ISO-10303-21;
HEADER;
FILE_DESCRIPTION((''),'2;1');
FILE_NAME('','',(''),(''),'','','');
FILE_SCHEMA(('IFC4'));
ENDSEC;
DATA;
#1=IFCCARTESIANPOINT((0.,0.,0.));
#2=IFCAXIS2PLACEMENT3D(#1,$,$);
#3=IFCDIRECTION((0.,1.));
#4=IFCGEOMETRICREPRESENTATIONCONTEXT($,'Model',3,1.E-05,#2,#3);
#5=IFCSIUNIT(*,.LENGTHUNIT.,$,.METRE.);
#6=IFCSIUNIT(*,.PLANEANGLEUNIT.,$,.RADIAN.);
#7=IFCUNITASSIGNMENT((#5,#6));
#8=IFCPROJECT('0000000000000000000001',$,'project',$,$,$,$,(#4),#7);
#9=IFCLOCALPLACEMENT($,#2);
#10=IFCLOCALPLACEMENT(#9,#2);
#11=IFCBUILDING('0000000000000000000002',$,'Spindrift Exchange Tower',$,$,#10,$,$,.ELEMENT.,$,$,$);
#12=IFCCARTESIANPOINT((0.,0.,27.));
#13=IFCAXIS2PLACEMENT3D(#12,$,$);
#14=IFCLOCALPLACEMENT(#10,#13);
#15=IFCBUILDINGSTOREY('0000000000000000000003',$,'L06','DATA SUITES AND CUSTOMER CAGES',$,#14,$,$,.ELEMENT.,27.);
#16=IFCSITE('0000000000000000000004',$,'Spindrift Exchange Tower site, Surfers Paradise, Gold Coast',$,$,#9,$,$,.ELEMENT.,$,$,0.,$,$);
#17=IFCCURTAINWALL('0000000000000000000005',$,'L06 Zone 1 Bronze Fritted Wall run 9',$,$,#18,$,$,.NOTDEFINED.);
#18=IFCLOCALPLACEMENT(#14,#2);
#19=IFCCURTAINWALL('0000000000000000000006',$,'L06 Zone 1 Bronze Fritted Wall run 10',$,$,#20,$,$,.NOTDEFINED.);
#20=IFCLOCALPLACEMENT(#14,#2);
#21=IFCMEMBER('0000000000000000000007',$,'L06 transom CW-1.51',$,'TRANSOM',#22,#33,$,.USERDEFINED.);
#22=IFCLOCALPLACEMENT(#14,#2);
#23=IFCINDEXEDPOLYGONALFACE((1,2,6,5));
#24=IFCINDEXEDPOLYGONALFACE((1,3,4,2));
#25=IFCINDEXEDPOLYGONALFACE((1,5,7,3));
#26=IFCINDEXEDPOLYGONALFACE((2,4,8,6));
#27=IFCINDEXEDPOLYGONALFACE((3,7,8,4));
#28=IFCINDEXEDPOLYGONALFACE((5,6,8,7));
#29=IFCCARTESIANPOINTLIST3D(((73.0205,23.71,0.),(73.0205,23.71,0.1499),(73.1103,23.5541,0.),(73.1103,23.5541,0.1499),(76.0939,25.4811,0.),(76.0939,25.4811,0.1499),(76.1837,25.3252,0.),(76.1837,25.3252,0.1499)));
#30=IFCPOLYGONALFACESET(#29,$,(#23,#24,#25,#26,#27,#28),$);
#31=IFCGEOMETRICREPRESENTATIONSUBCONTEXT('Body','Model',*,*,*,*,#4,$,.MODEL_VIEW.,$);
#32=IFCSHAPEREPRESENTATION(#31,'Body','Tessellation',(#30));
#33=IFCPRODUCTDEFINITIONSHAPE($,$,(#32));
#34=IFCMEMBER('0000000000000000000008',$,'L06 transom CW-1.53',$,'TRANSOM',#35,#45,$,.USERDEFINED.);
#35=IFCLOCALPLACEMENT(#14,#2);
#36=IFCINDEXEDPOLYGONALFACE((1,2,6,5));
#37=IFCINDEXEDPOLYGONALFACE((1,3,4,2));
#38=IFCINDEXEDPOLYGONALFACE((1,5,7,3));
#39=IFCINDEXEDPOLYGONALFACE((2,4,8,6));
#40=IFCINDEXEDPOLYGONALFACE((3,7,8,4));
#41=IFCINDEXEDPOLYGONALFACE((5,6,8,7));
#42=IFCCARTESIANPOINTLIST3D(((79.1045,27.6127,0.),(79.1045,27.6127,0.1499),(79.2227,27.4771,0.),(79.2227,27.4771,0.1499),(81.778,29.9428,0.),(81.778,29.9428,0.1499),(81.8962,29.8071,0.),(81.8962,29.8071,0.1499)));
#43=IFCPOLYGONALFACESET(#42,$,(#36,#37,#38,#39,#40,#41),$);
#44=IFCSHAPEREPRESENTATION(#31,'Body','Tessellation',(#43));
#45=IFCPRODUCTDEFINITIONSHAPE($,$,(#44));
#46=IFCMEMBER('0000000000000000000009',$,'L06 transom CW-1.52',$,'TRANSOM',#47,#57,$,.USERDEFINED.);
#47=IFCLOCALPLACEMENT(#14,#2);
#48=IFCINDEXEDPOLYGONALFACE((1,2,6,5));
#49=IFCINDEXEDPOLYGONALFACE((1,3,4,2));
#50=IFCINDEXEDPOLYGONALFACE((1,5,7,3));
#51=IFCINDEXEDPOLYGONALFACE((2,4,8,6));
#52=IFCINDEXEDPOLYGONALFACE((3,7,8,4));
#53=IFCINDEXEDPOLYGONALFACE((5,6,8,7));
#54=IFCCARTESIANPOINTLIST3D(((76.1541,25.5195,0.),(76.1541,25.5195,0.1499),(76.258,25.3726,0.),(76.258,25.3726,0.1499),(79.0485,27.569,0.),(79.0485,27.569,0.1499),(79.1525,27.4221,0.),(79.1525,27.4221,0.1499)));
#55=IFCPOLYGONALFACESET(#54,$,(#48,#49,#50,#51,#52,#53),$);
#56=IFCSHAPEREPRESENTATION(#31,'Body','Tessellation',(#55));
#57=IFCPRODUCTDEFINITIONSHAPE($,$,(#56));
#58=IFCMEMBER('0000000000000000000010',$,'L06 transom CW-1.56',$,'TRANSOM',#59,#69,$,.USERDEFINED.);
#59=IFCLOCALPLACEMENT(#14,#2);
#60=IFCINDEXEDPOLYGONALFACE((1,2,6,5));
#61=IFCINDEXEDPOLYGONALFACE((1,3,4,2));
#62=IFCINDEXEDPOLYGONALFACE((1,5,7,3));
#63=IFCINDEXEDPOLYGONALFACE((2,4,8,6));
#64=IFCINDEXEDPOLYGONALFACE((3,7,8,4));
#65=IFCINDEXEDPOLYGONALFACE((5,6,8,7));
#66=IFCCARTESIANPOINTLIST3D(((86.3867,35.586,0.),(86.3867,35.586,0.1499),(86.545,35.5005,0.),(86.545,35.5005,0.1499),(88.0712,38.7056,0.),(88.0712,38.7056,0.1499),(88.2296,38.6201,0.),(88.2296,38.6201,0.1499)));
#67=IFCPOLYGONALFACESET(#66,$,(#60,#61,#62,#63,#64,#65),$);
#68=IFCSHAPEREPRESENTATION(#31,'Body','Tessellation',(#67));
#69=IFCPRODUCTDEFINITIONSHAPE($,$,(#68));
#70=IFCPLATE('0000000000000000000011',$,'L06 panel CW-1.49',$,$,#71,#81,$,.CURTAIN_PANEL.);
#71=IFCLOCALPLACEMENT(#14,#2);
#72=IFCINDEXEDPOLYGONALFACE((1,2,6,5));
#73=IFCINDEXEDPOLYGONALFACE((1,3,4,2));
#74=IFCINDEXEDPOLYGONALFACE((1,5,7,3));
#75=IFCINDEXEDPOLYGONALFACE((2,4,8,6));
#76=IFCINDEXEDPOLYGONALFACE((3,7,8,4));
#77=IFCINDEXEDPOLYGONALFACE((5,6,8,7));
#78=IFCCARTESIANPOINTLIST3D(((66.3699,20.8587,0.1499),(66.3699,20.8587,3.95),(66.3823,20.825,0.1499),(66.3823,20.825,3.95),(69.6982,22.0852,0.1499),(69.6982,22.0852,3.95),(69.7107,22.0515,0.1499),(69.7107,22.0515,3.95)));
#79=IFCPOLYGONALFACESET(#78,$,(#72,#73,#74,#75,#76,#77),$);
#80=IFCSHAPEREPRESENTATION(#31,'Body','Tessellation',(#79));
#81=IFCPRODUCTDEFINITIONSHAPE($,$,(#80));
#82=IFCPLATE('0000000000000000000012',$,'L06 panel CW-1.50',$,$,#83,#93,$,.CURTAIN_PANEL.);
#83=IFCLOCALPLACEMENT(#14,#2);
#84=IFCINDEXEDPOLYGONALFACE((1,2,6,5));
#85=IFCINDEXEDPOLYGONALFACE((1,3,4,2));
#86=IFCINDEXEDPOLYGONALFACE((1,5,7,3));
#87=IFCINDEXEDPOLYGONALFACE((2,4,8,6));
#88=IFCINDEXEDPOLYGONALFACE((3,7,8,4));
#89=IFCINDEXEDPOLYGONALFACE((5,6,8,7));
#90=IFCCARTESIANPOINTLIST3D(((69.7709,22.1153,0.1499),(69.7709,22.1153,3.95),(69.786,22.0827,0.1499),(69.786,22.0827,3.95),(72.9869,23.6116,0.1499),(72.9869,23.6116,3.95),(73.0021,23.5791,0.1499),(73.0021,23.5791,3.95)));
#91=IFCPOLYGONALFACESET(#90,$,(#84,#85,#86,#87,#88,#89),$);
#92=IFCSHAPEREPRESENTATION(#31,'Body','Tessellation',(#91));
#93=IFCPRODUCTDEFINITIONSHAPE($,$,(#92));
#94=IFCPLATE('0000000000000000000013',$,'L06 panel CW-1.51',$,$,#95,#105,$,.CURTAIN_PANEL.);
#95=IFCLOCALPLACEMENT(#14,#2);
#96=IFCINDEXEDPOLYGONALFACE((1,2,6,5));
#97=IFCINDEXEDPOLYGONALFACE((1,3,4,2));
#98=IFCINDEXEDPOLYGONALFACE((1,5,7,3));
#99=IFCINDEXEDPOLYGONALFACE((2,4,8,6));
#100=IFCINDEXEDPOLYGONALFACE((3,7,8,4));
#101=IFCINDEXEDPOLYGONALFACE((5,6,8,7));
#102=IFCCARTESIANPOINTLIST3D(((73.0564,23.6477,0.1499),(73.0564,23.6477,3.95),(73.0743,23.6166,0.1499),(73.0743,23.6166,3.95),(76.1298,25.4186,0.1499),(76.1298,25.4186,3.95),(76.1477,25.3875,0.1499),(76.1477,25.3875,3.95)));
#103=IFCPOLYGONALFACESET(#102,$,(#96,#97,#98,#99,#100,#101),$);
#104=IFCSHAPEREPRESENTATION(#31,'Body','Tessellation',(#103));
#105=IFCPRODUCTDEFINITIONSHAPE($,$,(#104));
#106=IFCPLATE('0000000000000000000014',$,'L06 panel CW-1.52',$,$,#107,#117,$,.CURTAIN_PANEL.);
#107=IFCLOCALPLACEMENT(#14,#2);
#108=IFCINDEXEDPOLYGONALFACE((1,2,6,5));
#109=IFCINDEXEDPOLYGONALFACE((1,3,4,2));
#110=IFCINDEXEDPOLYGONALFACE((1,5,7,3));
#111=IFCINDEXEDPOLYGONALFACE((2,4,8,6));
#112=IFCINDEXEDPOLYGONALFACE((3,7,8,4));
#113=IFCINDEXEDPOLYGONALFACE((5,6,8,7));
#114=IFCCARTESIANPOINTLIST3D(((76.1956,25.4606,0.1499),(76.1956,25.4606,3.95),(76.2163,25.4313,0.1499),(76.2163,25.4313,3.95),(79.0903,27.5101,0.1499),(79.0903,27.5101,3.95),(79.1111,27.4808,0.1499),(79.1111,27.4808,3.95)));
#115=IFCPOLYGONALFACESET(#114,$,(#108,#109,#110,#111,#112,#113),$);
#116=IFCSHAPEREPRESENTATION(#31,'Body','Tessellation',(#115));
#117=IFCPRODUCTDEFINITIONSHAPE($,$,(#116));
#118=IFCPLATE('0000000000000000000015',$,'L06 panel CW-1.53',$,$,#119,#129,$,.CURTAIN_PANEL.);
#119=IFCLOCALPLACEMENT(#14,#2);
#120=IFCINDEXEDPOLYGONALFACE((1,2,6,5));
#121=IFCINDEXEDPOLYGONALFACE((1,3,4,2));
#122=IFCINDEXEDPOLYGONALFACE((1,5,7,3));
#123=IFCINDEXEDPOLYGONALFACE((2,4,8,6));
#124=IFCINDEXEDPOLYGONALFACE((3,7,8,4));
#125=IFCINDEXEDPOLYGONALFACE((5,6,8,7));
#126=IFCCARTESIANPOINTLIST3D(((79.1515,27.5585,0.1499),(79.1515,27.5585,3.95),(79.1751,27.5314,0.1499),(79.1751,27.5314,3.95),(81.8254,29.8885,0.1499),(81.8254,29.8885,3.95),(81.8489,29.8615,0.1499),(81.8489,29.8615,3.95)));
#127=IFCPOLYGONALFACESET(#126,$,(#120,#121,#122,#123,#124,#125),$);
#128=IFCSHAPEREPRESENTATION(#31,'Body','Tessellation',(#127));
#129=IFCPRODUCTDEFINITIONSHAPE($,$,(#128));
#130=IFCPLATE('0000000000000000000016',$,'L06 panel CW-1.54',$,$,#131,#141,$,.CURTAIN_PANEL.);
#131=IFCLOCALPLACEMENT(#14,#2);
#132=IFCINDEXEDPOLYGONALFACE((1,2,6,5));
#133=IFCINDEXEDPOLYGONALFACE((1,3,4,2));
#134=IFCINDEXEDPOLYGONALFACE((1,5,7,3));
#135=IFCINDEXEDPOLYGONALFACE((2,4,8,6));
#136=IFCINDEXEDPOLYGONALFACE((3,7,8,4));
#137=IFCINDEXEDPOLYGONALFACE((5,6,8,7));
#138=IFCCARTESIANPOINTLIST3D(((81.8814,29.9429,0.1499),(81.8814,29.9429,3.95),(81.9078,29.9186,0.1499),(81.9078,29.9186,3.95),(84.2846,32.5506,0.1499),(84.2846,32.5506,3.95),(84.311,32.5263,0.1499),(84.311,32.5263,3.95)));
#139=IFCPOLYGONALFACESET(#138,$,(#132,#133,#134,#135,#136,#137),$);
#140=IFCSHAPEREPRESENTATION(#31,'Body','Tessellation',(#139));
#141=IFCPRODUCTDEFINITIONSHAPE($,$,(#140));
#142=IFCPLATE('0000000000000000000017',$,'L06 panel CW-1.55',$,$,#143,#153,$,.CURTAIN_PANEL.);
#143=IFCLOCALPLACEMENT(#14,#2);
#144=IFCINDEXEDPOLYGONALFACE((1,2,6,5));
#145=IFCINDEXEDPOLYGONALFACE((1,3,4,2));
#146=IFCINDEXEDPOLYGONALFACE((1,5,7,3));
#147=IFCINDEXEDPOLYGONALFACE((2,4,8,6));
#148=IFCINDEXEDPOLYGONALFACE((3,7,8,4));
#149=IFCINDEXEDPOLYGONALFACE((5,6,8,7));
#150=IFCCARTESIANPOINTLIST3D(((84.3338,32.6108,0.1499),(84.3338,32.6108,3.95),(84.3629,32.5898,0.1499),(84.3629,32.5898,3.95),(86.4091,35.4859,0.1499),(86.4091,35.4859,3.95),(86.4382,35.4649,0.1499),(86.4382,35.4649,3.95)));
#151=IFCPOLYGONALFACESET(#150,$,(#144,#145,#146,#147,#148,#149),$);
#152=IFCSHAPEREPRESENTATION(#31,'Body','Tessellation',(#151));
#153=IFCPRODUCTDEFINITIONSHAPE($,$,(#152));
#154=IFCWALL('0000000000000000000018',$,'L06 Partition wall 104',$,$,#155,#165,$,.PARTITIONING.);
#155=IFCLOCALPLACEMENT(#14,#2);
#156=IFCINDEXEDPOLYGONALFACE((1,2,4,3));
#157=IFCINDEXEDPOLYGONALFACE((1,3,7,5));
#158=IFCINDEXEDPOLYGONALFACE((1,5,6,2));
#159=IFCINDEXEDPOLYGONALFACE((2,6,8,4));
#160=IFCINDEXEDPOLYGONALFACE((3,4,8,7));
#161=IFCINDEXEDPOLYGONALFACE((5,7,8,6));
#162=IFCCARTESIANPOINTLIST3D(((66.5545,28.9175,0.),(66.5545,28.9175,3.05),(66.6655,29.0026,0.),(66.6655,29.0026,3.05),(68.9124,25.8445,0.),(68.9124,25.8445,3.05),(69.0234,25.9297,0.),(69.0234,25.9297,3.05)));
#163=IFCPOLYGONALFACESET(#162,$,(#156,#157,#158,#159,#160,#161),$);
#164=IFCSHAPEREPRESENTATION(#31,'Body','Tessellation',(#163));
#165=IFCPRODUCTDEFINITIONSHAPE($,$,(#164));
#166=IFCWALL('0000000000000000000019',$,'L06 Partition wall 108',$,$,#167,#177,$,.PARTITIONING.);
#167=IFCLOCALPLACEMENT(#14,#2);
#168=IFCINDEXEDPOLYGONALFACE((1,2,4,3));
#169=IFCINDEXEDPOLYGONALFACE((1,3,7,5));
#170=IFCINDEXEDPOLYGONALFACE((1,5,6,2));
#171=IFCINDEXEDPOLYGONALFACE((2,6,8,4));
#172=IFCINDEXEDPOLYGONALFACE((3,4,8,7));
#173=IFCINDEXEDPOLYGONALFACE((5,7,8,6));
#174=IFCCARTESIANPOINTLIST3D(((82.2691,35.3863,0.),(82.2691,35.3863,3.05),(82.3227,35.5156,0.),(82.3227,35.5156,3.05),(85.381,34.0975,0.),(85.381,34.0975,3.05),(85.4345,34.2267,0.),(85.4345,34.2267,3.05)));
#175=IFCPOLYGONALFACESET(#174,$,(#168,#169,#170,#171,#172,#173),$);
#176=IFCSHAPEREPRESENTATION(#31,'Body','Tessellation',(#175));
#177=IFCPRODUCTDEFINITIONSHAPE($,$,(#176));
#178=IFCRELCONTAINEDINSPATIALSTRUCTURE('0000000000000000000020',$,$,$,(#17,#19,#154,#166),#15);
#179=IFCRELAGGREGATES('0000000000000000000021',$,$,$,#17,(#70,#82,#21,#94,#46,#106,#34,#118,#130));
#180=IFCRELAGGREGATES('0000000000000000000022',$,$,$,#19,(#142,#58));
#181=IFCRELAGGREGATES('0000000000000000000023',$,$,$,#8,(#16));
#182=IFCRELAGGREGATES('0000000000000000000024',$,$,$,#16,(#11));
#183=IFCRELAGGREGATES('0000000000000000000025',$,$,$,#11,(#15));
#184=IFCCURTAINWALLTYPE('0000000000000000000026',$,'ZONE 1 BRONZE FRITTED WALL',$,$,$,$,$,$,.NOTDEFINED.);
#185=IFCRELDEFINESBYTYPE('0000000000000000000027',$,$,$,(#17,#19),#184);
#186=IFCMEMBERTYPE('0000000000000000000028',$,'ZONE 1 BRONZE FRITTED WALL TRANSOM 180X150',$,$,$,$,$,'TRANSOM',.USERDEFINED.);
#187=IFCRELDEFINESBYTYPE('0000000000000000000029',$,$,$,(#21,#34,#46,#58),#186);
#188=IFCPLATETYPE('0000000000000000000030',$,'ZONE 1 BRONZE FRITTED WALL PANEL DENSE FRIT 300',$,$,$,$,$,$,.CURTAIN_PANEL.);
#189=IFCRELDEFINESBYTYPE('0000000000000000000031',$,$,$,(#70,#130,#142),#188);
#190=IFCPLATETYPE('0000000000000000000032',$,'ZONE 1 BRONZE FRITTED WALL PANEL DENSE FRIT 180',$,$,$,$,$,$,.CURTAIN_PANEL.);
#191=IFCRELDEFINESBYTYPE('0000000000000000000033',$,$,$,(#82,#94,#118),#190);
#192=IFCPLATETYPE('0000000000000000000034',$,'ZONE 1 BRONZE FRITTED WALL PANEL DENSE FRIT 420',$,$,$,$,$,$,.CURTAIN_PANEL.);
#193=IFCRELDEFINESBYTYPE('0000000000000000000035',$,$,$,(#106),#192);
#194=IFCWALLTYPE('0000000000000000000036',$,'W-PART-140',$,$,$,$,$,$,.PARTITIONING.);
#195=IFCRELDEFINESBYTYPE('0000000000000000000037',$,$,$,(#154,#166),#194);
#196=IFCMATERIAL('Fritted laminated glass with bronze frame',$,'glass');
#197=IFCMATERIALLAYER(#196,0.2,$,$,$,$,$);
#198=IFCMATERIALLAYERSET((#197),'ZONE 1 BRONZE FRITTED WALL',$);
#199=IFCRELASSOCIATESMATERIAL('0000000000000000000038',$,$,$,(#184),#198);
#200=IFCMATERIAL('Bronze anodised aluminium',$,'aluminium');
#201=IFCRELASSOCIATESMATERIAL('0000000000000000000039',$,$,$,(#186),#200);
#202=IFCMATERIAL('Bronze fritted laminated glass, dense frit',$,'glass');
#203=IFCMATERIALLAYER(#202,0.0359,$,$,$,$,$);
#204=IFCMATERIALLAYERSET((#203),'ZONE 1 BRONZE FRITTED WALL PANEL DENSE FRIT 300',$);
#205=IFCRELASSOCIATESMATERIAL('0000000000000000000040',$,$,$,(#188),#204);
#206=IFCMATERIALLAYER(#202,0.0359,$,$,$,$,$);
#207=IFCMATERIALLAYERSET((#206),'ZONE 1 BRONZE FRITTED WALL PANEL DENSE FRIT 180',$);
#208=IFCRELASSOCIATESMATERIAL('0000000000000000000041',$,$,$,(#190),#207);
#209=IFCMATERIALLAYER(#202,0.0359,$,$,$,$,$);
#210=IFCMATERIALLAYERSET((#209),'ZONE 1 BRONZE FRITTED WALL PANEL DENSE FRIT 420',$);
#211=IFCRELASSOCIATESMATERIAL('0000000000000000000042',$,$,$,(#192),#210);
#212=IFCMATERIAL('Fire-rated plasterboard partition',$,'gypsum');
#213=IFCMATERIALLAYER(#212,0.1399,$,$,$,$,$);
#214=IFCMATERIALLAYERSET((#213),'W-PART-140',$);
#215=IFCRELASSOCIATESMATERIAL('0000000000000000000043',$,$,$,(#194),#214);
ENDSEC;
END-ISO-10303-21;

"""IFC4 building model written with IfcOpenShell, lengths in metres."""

from ifc_helpers import new_model, si_unit, direction, frame, frame_2d, origin, origin_2d, place, context, subcontext, project, spatial, rectangle, extrude, source, transform, mapped, material, layer, layer_set, material_profile, profile_set, type_object, element, aggregate, save


model = new_model("IFC4")

# Units and contexts
model_context = context("Model", 3, precision=1e-05, world=origin(), true_north=direction((0.0, 1.0)))
body_context = subcontext(model_context, "Body", "Model", "MODEL_VIEW")
ifc_project = project(units=[si_unit("LENGTHUNIT", "METRE"), si_unit("PLANEANGLEUNIT", "RADIAN")], contexts=[model_context])

# Site, building, storey
site_placement = place(None, origin())
site = spatial("IfcSite", under=ifc_project, at=site_placement, Name="Spindrift Exchange Tower site, Surfers Paradise, Gold Coast", CompositionType="ELEMENT", RefElevation=0.0)
building_placement = place(site_placement, origin())
building = spatial("IfcBuilding", under=site, at=building_placement, Name="Spindrift Exchange Tower", CompositionType="ELEMENT")
storey_placement = place(building_placement, frame((0.0, 0.0, 27.0)))
storey = spatial("IfcBuildingStorey", under=building, at=storey_placement, Name="L06", Description="DATA SUITES AND CUSTOMER CAGES", CompositionType="ELEMENT", Elevation=27.0)

# Curtain walls
ifc_material_1 = material(Name="Fritted laminated glass with bronze frame", Category="glass")
ifc_layer_1 = layer(ifc_material_1, 0.2)
ifc_layer_set_1 = layer_set([ifc_layer_1], Name="ZONE 1 BRONZE FRITTED WALL")
curtain_wall_type = type_object("IfcCurtainWallType", Name="ZONE 1 BRONZE FRITTED WALL", PredefinedType="NOTDEFINED", material=ifc_layer_set_1)
curtain_wall_1_placement = place(storey_placement, origin())
curtain_wall_1 = element("IfcCurtainWall", 1, at=curtain_wall_1_placement, inside=storey, type_object=curtain_wall_type, Name="L06 Zone 1 Bronze Fritted Wall run 9", PredefinedType="NOTDEFINED")
ifc_material_2 = material(Name="Bronze anodised aluminium", Category="aluminium")
curtain_wall_2_placement = place(storey_placement, origin())
curtain_wall_2 = element("IfcCurtainWall", 2, at=curtain_wall_2_placement, inside=storey, type_object=curtain_wall_type, Name="L06 Zone 1 Bronze Fritted Wall run 10", PredefinedType="NOTDEFINED")

# Members
ifc_material_profile_1 = material_profile(ifc_material_2, rectangle(XDim=0.1799, YDim=0.1499, at=origin_2d()), Name="ZONE 1 BRONZE FRITTED WALL TRANSOM 180X150")
ifc_profile_set_1 = profile_set([ifc_material_profile_1], Name="Bronze anodised aluminium")
member_type_1 = type_object("IfcMemberType", Name="ZONE 1 BRONZE FRITTED WALL TRANSOM 180X150", ElementType="TRANSOM", PredefinedType="USERDEFINED", material=ifc_profile_set_1)
shared_shape_1 = source(origin(), body_context, "Body", "SweptSolid", [
    extrude(rectangle(XDim=0.1799, YDim=0.1499, at=origin_2d()), origin(), (0.0, 0.0, 1.0), 3.5471),
])
member_1_placement = place(storey_placement, frame((73.0654, 23.6321, 0.075), z_axis=(0.866433, 0.499293, 0.0), x_axis=(-0.499293, 0.866433, 0.0)))
member_1 = element("IfcMember", 3, at=member_1_placement, type_object=member_type_1, Name="L06 transom CW-1.51", ObjectType="TRANSOM", PredefinedType="USERDEFINED", context=body_context, shape_type="MappedRepresentation", body=[
    mapped(shared_shape_1, transform((0.0, 0.0, 0.0), scale=1.0)),
])
shared_shape_2 = source(origin(), body_context, "Body", "SweptSolid", [
    extrude(rectangle(XDim=0.1799, YDim=0.1499, at=origin_2d()), origin(), (0.0, 0.0, 1.0), 3.5464),
])
member_2_placement = place(storey_placement, frame((79.1636, 27.5449, 0.075), z_axis=(0.753876, 0.657017, 0.0), x_axis=(-0.657017, 0.753876, 0.0)))
member_2 = element("IfcMember", 4, at=member_2_placement, type_object=member_type_1, Name="L06 transom CW-1.53", ObjectType="TRANSOM", PredefinedType="USERDEFINED", context=body_context, shape_type="MappedRepresentation", body=[
    mapped(shared_shape_2, transform((0.0, 0.0, 0.0), scale=1.0)),
])
shared_shape_3 = source(origin(), body_context, "Body", "SweptSolid", [
    extrude(rectangle(XDim=0.1799, YDim=0.1499, at=origin_2d()), origin(), (0.0, 0.0, 1.0), 3.5466),
])
member_3_placement = place(storey_placement, frame((76.2061, 25.446, 0.075), z_axis=(0.816122, 0.57788, 0.0), x_axis=(-0.57788, 0.816122, 0.0)))
member_3 = element("IfcMember", 5, at=member_3_placement, type_object=member_type_1, Name="L06 transom CW-1.52", ObjectType="TRANSOM", PredefinedType="USERDEFINED", context=body_context, shape_type="MappedRepresentation", body=[
    mapped(shared_shape_3, transform((0.0, 0.0, 0.0), scale=1.0)),
])
shared_shape_4 = source(origin(), body_context, "Body", "SweptSolid", [
    extrude(rectangle(XDim=0.1799, YDim=0.1499, at=origin_2d()), origin(), (0.0, 0.0, 1.0), 3.5454),
])
member_4_placement = place(storey_placement, frame((86.4658, 35.5432, 0.075), z_axis=(0.475143, 0.879909, 0.0), x_axis=(-0.879909, 0.475143, 0.0)))
member_4 = element("IfcMember", 6, at=member_4_placement, type_object=member_type_1, Name="L06 transom CW-1.56", ObjectType="TRANSOM", PredefinedType="USERDEFINED", context=body_context, shape_type="MappedRepresentation", body=[
    mapped(shared_shape_4, transform((0.0, 0.0, 0.0), scale=1.0)),
])

# Plates
ifc_material_3 = material(Name="Bronze fritted laminated glass, dense frit", Category="glass")
ifc_layer_2 = layer(ifc_material_3, 0.0359)
ifc_layer_set_2 = layer_set([ifc_layer_2], Name="ZONE 1 BRONZE FRITTED WALL PANEL DENSE FRIT 300")
plate_type_1 = type_object("IfcPlateType", Name="ZONE 1 BRONZE FRITTED WALL PANEL DENSE FRIT 300", PredefinedType="CURTAIN_PANEL", material=ifc_layer_set_2)
shared_shape_5 = source(origin(), body_context, "Body", "SweptSolid", [
    extrude(rectangle(XDim=3.5471, YDim=0.0359, at=origin_2d()), origin(), (0.0, 0.0, 1.0), 3.8),
])
plate_1_placement = place(storey_placement, frame((68.0403, 21.4551, 0.1499), z_axis=(0.0, 0.0, 1.0), x_axis=(0.938318, 0.345773, 0.0)))
plate_1 = element("IfcPlate", 7, at=plate_1_placement, type_object=plate_type_1, Name="L06 panel CW-1.49", PredefinedType="CURTAIN_PANEL", context=body_context, shape_type="MappedRepresentation", body=[
    mapped(shared_shape_5, transform((0.0, 0.0, 0.0), scale=1.0)),
])
ifc_layer_3 = layer(ifc_material_3, 0.0359)
ifc_layer_set_3 = layer_set([ifc_layer_3], Name="ZONE 1 BRONZE FRITTED WALL PANEL DENSE FRIT 180")
plate_type_2 = type_object("IfcPlateType", Name="ZONE 1 BRONZE FRITTED WALL PANEL DENSE FRIT 180", PredefinedType="CURTAIN_PANEL", material=ifc_layer_set_3)
shared_shape_6 = source(origin(), body_context, "Body", "SweptSolid", [
    extrude(rectangle(XDim=3.5471, YDim=0.0359, at=origin_2d()), origin(), (0.0, 0.0, 1.0), 3.8),
])
plate_2_placement = place(storey_placement, frame((71.3865, 22.8472, 0.1499), z_axis=(0.0, 0.0, 1.0), x_axis=(0.906667, 0.421848, 0.0)))
plate_2 = element("IfcPlate", 8, at=plate_2_placement, type_object=plate_type_2, Name="L06 panel CW-1.50", PredefinedType="CURTAIN_PANEL", context=body_context, shape_type="MappedRepresentation", body=[
    mapped(shared_shape_6, transform((0.0, 0.0, 0.0), scale=1.0)),
])
plate_3_placement = place(storey_placement, frame((74.6021, 24.5176, 0.1499), z_axis=(0.0, 0.0, 1.0), x_axis=(0.866453, 0.499259, 0.0)))
plate_3 = element("IfcPlate", 9, at=plate_3_placement, type_object=plate_type_2, Name="L06 panel CW-1.51", PredefinedType="CURTAIN_PANEL", context=body_context, shape_type="MappedRepresentation", body=[
    mapped(shared_shape_6, transform((0.0, 0.0, 0.0), scale=1.0)),
])
ifc_layer_4 = layer(ifc_material_3, 0.0359)
ifc_layer_set_4 = layer_set([ifc_layer_4], Name="ZONE 1 BRONZE FRITTED WALL PANEL DENSE FRIT 420")
plate_type_3 = type_object("IfcPlateType", Name="ZONE 1 BRONZE FRITTED WALL PANEL DENSE FRIT 420", PredefinedType="CURTAIN_PANEL", material=ifc_layer_set_4)
shared_shape_7 = source(origin(), body_context, "Body", "SweptSolid", [
    extrude(rectangle(XDim=3.5469, YDim=0.0359, at=origin_2d()), origin(), (0.0, 0.0, 1.0), 3.8),
])
plate_4_placement = place(storey_placement, frame((77.6533, 26.4707, 0.1499), z_axis=(0.0, 0.0, 1.0), x_axis=(0.81615, 0.577841, 0.0)))
plate_4 = element("IfcPlate", 10, at=plate_4_placement, type_object=plate_type_3, Name="L06 panel CW-1.52", PredefinedType="CURTAIN_PANEL", context=body_context, shape_type="MappedRepresentation", body=[
    mapped(shared_shape_7, transform((0.0, 0.0, 0.0), scale=1.0)),
])
shared_shape_8 = source(origin(), body_context, "Body", "SweptSolid", [
    extrude(rectangle(XDim=3.5466, YDim=0.0359, at=origin_2d()), origin(), (0.0, 0.0, 1.0), 3.8),
])
plate_5_placement = place(storey_placement, frame((80.5002, 28.71, 0.1499), z_axis=(0.0, 0.0, 1.0), x_axis=(0.753906, 0.656982, 0.0)))
plate_5 = element("IfcPlate", 11, at=plate_5_placement, type_object=plate_type_2, Name="L06 panel CW-1.53", PredefinedType="CURTAIN_PANEL", context=body_context, shape_type="MappedRepresentation", body=[
    mapped(shared_shape_8, transform((0.0, 0.0, 0.0), scale=1.0)),
])
shared_shape_9 = source(origin(), body_context, "Body", "SweptSolid", [
    extrude(rectangle(XDim=3.5461, YDim=0.0359, at=origin_2d()), origin(), (0.0, 0.0, 1.0), 3.8),
])
plate_6_placement = place(storey_placement, frame((83.0962, 31.2346, 0.1499), z_axis=(0.0, 0.0, 1.0), x_axis=(0.677673, 0.735363, 0.0)))
plate_6 = element("IfcPlate", 12, at=plate_6_placement, type_object=plate_type_1, Name="L06 panel CW-1.54", PredefinedType="CURTAIN_PANEL", context=body_context, shape_type="MappedRepresentation", body=[
    mapped(shared_shape_9, transform((0.0, 0.0, 0.0), scale=1.0)),
])
aggregate(curtain_wall_1, [plate_1, plate_2, member_1, plate_3, member_3, plate_4, member_2, plate_5, plate_6])
shared_shape_10 = source(origin(), body_context, "Body", "SweptSolid", [
    extrude(rectangle(XDim=3.5459, YDim=0.0359, at=origin_2d()), origin(), (0.0, 0.0, 1.0), 3.8),
])
plate_7_placement = place(storey_placement, frame((85.386, 34.0378, 0.1499), z_axis=(0.0, 0.0, 1.0), x_axis=(0.585268, 0.81084, 0.0)))
plate_7 = element("IfcPlate", 13, at=plate_7_placement, type_object=plate_type_1, Name="L06 panel CW-1.55", PredefinedType="CURTAIN_PANEL", context=body_context, shape_type="MappedRepresentation", body=[
    mapped(shared_shape_10, transform((0.0, 0.0, 0.0), scale=1.0)),
])
aggregate(curtain_wall_2, [plate_7, member_4])

# Walls
ifc_material_4 = material(Name="Fire-rated plasterboard partition", Category="gypsum")
ifc_layer_5 = layer(ifc_material_4, 0.1399)
ifc_layer_set_5 = layer_set([ifc_layer_5], Name="W-PART-140")
wall_type = type_object("IfcWallType", Name="W-PART-140", PredefinedType="PARTITIONING", material=ifc_layer_set_5)
wall_1_placement = place(storey_placement, frame((66.6101, 28.96, 0.0), z_axis=(0.0, 0.0, 1.0), x_axis=(0.608748, -0.793364, 0.0)))
element("IfcWall", 14, at=wall_1_placement, inside=storey, type_object=wall_type, Name="L06 Partition wall 104", PredefinedType="PARTITIONING", context=body_context, shape_type="SweptSolid", body=[
    extrude(rectangle(XDim=3.8733, YDim=0.1399, at=frame_2d((1.9365, 0.0))), origin(), (0.0, 0.0, 1.0), 3.05),
])
wall_2_placement = place(storey_placement, frame((82.2959, 35.4509, 0.0), z_axis=(0.0, 0.0, 1.0), x_axis=(0.923894, -0.382648, 0.0)))
element("IfcWall", 15, at=wall_2_placement, inside=storey, type_object=wall_type, Name="L06 Partition wall 108", PredefinedType="PARTITIONING", context=body_context, shape_type="SweptSolid", body=[
    extrude(rectangle(XDim=3.3682, YDim=0.1399, at=frame_2d((1.6841, 0.0))), origin(), (0.0, 0.0, 1.0), 3.05),
])

save(model, "model.ifc")
